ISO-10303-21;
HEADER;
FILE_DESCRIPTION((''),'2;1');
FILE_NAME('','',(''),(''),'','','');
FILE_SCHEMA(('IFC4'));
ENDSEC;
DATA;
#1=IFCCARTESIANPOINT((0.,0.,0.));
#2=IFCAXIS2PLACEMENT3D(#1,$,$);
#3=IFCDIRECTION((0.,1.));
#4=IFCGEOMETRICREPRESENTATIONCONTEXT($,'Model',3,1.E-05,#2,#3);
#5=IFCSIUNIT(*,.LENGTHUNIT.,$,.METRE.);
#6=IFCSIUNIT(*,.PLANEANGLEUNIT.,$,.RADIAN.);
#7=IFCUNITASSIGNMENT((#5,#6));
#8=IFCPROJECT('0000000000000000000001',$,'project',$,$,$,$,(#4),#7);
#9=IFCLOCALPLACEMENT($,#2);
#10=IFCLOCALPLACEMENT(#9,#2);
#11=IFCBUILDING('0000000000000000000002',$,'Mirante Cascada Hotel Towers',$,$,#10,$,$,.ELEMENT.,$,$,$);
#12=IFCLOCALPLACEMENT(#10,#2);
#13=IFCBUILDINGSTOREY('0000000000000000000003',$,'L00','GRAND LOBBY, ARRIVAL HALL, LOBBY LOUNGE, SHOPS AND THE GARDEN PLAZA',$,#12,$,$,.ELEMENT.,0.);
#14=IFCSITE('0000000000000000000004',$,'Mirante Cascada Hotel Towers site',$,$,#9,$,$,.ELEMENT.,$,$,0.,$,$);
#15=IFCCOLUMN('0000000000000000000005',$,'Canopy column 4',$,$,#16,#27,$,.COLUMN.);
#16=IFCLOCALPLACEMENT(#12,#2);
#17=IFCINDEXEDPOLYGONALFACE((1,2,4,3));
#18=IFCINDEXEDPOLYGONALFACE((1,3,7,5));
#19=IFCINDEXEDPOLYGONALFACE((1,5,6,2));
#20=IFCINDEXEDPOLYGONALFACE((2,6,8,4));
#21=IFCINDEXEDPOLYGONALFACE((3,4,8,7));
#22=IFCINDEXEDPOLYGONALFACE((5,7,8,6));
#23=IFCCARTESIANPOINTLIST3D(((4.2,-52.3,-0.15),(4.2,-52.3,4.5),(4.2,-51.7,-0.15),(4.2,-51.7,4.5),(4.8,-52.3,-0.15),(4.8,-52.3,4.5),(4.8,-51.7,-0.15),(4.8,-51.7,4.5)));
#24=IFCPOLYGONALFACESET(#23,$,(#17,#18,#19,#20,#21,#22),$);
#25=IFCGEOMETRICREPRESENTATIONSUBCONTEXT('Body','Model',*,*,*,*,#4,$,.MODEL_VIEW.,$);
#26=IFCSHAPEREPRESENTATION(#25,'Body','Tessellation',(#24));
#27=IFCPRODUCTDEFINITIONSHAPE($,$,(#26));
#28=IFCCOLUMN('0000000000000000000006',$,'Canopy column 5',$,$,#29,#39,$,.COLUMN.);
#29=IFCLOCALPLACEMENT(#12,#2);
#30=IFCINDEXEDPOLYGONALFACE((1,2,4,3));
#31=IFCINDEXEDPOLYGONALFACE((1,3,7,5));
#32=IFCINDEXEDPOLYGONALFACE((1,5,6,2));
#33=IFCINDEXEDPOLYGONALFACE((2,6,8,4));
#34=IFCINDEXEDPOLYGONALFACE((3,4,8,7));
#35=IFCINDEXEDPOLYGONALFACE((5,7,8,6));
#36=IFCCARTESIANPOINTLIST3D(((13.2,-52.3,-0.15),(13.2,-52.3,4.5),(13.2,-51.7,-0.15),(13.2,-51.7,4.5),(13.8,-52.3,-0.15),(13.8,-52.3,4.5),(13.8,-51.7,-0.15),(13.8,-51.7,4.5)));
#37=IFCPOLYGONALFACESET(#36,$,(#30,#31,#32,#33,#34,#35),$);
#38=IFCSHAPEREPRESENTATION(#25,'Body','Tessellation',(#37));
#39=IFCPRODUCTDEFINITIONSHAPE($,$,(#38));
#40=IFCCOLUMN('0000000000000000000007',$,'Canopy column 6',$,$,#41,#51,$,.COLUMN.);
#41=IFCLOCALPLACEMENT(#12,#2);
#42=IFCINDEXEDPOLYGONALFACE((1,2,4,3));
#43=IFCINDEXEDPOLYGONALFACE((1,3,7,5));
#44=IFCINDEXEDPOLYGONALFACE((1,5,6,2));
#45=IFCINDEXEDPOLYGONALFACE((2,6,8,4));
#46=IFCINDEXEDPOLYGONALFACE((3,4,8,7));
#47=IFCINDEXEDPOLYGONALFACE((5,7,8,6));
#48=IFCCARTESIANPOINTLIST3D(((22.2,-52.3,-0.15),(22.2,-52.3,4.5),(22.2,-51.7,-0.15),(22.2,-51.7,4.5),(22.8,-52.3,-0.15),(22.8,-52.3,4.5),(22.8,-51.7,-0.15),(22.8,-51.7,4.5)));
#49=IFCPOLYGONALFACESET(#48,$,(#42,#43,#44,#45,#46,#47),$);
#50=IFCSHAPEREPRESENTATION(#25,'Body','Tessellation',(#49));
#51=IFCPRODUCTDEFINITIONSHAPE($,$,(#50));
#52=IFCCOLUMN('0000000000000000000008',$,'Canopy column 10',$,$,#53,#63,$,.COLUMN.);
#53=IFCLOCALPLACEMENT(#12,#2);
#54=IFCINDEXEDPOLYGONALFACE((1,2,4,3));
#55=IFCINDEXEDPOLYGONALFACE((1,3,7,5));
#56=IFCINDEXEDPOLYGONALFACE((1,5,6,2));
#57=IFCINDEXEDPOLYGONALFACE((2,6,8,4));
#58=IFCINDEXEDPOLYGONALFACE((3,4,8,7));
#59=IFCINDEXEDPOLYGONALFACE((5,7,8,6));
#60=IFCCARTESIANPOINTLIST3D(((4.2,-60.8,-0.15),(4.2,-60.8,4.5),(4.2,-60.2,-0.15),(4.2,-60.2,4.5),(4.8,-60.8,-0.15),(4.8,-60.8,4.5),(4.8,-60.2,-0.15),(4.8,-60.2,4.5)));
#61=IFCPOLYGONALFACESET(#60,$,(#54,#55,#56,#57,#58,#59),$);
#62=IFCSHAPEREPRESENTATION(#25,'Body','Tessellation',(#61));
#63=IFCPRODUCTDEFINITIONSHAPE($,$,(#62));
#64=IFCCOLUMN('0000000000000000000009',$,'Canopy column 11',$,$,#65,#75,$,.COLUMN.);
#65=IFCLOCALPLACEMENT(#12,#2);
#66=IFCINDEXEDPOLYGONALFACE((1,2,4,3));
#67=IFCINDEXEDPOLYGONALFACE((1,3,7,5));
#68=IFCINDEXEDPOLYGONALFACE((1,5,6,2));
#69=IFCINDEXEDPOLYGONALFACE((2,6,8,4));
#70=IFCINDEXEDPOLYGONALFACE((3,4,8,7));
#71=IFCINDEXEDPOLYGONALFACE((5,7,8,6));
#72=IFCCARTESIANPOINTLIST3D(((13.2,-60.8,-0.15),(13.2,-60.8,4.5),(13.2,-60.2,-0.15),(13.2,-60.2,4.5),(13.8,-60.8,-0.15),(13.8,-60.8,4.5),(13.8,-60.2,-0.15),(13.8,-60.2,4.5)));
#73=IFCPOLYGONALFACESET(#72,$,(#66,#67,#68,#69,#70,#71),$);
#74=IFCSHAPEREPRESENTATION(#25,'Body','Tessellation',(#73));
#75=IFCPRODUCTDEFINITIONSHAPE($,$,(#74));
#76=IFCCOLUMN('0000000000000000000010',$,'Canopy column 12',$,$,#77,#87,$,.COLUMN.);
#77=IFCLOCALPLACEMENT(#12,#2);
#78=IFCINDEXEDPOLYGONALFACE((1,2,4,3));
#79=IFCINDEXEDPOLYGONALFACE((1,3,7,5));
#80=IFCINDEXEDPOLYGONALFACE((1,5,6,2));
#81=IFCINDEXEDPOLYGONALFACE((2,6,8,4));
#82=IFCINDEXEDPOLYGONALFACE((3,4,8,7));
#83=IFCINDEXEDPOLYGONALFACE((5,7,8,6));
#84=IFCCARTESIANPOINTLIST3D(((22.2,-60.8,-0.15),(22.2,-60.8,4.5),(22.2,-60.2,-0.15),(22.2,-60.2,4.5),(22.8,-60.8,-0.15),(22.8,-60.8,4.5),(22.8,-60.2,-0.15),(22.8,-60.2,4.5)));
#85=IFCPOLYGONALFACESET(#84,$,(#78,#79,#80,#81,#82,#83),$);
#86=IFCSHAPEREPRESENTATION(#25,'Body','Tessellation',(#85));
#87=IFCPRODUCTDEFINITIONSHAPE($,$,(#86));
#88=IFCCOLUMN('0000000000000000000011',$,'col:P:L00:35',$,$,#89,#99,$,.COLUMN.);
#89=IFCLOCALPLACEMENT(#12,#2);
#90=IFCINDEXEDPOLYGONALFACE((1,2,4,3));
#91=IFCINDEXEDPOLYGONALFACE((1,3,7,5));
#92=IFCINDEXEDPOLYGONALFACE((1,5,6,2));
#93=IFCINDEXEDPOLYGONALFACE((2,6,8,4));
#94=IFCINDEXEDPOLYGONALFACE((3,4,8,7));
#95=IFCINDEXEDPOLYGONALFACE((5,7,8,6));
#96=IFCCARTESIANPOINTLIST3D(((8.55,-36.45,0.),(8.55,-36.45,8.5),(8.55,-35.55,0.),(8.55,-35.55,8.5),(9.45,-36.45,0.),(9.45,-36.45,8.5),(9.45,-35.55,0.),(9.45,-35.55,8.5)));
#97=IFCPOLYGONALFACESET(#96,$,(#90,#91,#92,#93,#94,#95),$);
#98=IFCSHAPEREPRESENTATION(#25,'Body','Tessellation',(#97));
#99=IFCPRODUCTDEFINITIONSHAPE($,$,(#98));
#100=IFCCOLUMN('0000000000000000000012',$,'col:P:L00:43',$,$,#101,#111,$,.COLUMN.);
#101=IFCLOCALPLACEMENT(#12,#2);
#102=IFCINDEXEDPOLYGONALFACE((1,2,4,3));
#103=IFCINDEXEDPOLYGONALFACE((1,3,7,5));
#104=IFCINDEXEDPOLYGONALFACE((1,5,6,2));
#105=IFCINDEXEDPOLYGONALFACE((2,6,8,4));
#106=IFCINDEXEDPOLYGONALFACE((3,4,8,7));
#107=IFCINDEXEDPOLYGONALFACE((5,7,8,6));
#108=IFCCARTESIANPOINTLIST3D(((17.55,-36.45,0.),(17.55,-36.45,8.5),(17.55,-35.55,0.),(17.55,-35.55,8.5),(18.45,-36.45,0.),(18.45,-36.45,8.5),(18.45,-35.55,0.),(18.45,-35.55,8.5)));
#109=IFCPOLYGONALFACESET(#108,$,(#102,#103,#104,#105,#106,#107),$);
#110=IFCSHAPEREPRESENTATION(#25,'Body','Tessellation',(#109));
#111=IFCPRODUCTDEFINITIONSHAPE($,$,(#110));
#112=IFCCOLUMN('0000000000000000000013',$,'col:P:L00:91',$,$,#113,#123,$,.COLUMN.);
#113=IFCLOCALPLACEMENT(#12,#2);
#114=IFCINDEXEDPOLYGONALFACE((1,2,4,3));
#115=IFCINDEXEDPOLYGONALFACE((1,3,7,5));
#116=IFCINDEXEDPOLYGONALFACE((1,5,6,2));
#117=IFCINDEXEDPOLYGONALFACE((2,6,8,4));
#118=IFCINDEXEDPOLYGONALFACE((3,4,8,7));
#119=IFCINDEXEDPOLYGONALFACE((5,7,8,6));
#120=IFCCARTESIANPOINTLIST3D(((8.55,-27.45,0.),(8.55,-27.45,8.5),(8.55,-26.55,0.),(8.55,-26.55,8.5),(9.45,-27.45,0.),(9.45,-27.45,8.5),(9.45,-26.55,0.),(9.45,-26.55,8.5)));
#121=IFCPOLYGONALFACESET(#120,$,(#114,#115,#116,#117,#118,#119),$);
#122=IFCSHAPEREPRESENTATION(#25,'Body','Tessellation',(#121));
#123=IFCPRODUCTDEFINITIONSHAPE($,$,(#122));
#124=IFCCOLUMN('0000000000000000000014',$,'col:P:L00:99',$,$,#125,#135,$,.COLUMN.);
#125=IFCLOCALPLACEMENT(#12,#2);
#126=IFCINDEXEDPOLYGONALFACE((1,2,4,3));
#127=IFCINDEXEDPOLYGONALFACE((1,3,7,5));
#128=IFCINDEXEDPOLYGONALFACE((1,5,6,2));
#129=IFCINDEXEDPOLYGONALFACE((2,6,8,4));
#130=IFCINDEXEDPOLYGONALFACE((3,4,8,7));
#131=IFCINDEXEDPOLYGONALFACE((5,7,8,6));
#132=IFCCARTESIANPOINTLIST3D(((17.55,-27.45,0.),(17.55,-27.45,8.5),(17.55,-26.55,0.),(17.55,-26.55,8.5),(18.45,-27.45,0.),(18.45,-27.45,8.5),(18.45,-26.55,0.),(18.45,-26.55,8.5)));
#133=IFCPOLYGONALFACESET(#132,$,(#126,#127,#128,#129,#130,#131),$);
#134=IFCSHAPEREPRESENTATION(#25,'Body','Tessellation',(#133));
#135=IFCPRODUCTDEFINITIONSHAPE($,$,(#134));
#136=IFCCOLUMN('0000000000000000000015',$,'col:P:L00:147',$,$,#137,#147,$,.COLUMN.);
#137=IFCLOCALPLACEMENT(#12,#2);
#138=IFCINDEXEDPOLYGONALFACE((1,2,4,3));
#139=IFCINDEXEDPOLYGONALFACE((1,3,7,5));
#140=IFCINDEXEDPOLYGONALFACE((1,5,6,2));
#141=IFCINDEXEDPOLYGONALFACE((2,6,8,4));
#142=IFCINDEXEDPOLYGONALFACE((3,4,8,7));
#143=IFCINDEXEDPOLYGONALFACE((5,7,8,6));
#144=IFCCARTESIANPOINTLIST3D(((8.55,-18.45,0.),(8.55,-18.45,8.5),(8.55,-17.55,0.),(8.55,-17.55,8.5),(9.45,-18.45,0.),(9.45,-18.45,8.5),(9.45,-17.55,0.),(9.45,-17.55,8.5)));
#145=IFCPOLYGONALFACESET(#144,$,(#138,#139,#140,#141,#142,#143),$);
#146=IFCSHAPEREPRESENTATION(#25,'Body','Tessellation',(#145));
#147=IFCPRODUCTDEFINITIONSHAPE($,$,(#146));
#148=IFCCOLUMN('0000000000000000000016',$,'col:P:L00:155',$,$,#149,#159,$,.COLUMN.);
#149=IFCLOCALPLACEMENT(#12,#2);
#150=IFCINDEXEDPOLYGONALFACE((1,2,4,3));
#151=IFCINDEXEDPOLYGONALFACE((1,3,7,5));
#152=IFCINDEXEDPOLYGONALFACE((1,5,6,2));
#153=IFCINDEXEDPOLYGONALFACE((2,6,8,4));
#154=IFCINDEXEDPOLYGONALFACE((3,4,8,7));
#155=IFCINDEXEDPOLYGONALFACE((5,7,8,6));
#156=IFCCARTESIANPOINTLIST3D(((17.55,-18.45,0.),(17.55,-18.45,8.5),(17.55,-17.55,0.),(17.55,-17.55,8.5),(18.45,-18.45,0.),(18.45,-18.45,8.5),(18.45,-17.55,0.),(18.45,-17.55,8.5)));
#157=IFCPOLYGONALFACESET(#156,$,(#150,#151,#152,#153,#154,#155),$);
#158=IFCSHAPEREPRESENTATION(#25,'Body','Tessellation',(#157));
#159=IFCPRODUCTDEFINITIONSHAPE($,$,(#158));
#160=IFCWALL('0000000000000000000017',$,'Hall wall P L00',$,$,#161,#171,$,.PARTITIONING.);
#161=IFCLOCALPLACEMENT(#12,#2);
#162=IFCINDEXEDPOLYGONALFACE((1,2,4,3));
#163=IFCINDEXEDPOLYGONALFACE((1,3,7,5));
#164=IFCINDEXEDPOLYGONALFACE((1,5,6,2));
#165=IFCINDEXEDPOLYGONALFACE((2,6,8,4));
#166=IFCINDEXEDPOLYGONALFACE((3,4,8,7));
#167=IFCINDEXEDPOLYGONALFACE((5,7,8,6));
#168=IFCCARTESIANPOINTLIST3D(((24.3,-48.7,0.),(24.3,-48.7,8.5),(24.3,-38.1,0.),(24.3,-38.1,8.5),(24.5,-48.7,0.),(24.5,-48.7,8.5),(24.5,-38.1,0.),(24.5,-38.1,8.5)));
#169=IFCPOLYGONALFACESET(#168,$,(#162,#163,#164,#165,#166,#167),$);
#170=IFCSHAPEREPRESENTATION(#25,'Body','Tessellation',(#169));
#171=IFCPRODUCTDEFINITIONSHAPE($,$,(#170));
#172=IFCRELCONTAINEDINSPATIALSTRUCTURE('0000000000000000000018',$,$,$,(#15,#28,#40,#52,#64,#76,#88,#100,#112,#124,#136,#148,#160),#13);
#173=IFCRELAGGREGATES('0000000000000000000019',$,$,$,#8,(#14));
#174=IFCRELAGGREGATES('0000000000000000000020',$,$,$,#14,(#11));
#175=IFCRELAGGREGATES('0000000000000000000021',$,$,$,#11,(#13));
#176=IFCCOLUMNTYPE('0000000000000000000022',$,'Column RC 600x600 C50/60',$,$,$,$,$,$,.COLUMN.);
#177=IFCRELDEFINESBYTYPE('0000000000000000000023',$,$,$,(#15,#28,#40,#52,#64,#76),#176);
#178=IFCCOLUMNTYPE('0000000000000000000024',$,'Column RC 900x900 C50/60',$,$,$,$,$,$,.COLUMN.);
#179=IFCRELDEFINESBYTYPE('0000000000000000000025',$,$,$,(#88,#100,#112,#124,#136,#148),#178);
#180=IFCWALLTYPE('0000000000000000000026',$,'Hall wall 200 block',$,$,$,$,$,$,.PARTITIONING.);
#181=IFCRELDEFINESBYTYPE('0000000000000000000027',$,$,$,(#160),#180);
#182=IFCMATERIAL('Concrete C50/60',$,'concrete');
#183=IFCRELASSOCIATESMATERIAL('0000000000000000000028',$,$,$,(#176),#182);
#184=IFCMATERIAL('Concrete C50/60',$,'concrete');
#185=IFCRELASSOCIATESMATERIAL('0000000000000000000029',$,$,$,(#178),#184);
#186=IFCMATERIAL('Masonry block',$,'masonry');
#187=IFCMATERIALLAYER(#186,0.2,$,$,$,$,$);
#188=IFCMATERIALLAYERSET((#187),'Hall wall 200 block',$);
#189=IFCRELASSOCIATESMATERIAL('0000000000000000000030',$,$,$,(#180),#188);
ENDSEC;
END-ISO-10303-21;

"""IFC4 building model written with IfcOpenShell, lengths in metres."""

from ifc_helpers import new_model, si_unit, direction, frame, frame_2d, origin, origin_2d, place, context, subcontext, project, spatial, rectangle, extrude, material, layer, layer_set, material_profile, profile_set, type_object, element, save


model = new_model("IFC4")

# Units and contexts
model_context = context("Model", 3, precision=1e-05, world=origin(), true_north=direction((0.0, 1.0)))
body_context = subcontext(model_context, "Body", "Model", "MODEL_VIEW")
ifc_project = project(units=[si_unit("LENGTHUNIT", "METRE"), si_unit("PLANEANGLEUNIT", "RADIAN")], contexts=[model_context])

# Site, building, storey
site_placement = place(None, origin())
site = spatial("IfcSite", under=ifc_project, at=site_placement, Name="Mirante Cascada Hotel Towers site", CompositionType="ELEMENT", RefElevation=0.0)
building_placement = place(site_placement, origin())
building = spatial("IfcBuilding", under=site, at=building_placement, Name="Mirante Cascada Hotel Towers", CompositionType="ELEMENT")
storey_placement = place(building_placement, origin())
storey = spatial("IfcBuildingStorey", under=building, at=storey_placement, Name="L00", Description="GRAND LOBBY, ARRIVAL HALL, LOBBY LOUNGE, SHOPS AND THE GARDEN PLAZA", CompositionType="ELEMENT", Elevation=0.0)

# Columns
ifc_material_1 = material(Name="Concrete C50/60", Category="concrete")
ifc_material_profile_1 = material_profile(ifc_material_1, rectangle(XDim=0.6, YDim=0.6, at=origin_2d()), Name="RC 600x600")
ifc_profile_set_1 = profile_set([ifc_material_profile_1], Name="Concrete C50/60")
column_type_1 = type_object("IfcColumnType", Name="Column RC 600x600 C50/60", PredefinedType="COLUMN", material=ifc_profile_set_1)
for number, where, z_axis, x_axis, name in (
    (1, (4.5, -52.0, -0.15), (0.0, 0.0, 1.0), (1.0, 0.0, 0.0), "Canopy column 4"),
    (2, (13.5, -52.0, -0.15), (0.0, 0.0, 1.0), (1.0, 0.0, 0.0), "Canopy column 5"),
    (3, (22.5, -52.0, -0.15), (0.0, 0.0, 1.0), (1.0, 0.0, 0.0), "Canopy column 6"),
    (4, (4.5, -60.5, -0.15), (0.0, 0.0, 1.0), (1.0, 0.0, 0.0), "Canopy column 10"),
    (5, (13.5, -60.5, -0.15), (0.0, 0.0, 1.0), (1.0, 0.0, 0.0), "Canopy column 11"),
    (6, (22.5, -60.5, -0.15), (0.0, 0.0, 1.0), (1.0, 0.0, 0.0), "Canopy column 12"),
):
    element("IfcColumn", number, at=place(storey_placement, frame(where, z_axis=z_axis, x_axis=x_axis)), inside=storey, type_object=column_type_1, Name=name, PredefinedType="COLUMN", context=body_context, shape_type="SweptSolid", body=[
        extrude(rectangle(XDim=0.6, YDim=0.6, at=origin_2d()), origin(), (0.0, 0.0, 1.0), 4.65),
    ])
ifc_material_2 = material(Name="Concrete C50/60", Category="concrete")
ifc_material_profile_2 = material_profile(ifc_material_2, rectangle(XDim=0.9, YDim=0.9, at=origin_2d()), Name="RC 900x900")
ifc_profile_set_2 = profile_set([ifc_material_profile_2], Name="Concrete C50/60")
column_type_2 = type_object("IfcColumnType", Name="Column RC 900x900 C50/60", PredefinedType="COLUMN", material=ifc_profile_set_2)
for number, where, z_axis, x_axis, name in (
    (7, (9.0, -36.0, 0.0), (0.0, 0.0, 1.0), (1.0, 0.0, 0.0), "col:P:L00:35"),
    (8, (18.0, -36.0, 0.0), (0.0, 0.0, 1.0), (1.0, 0.0, 0.0), "col:P:L00:43"),
    (9, (9.0, -27.0, 0.0), (0.0, 0.0, 1.0), (1.0, 0.0, 0.0), "col:P:L00:91"),
    (10, (18.0, -27.0, 0.0), (0.0, 0.0, 1.0), (1.0, 0.0, 0.0), "col:P:L00:99"),
    (11, (9.0, -18.0, 0.0), (0.0, 0.0, 1.0), (1.0, 0.0, 0.0), "col:P:L00:147"),
    (12, (18.0, -18.0, 0.0), (0.0, 0.0, 1.0), (1.0, 0.0, 0.0), "col:P:L00:155"),
):
    element("IfcColumn", number, at=place(storey_placement, frame(where, z_axis=z_axis, x_axis=x_axis)), inside=storey, type_object=column_type_2, Name=name, PredefinedType="COLUMN", context=body_context, shape_type="SweptSolid", body=[
        extrude(rectangle(XDim=0.9, YDim=0.9, at=origin_2d()), origin(), (0.0, 0.0, 1.0), 8.5),
    ])

# Wall
ifc_material_3 = material(Name="Masonry block", Category="masonry")
ifc_layer_1 = layer(ifc_material_3, 0.2)
ifc_layer_set_1 = layer_set([ifc_layer_1], Name="Hall wall 200 block")
wall_type_1 = type_object("IfcWallType", Name="Hall wall 200 block", PredefinedType="PARTITIONING", material=ifc_layer_set_1)
wall_1_placement = place(storey_placement, frame((24.4, -48.7, 0.0), z_axis=(0.0, 0.0, 1.0), x_axis=(0.0, 1.0, 0.0)))
element("IfcWall", 13, at=wall_1_placement, inside=storey, type_object=wall_type_1, Name="Hall wall P L00", PredefinedType="PARTITIONING", context=body_context, shape_type="SweptSolid", body=[
    extrude(rectangle(XDim=10.6, YDim=0.2, at=frame_2d((5.3, 0.0))), origin(), (0.0, 0.0, 1.0), 8.5),
])

save(model, "model.ifc")
